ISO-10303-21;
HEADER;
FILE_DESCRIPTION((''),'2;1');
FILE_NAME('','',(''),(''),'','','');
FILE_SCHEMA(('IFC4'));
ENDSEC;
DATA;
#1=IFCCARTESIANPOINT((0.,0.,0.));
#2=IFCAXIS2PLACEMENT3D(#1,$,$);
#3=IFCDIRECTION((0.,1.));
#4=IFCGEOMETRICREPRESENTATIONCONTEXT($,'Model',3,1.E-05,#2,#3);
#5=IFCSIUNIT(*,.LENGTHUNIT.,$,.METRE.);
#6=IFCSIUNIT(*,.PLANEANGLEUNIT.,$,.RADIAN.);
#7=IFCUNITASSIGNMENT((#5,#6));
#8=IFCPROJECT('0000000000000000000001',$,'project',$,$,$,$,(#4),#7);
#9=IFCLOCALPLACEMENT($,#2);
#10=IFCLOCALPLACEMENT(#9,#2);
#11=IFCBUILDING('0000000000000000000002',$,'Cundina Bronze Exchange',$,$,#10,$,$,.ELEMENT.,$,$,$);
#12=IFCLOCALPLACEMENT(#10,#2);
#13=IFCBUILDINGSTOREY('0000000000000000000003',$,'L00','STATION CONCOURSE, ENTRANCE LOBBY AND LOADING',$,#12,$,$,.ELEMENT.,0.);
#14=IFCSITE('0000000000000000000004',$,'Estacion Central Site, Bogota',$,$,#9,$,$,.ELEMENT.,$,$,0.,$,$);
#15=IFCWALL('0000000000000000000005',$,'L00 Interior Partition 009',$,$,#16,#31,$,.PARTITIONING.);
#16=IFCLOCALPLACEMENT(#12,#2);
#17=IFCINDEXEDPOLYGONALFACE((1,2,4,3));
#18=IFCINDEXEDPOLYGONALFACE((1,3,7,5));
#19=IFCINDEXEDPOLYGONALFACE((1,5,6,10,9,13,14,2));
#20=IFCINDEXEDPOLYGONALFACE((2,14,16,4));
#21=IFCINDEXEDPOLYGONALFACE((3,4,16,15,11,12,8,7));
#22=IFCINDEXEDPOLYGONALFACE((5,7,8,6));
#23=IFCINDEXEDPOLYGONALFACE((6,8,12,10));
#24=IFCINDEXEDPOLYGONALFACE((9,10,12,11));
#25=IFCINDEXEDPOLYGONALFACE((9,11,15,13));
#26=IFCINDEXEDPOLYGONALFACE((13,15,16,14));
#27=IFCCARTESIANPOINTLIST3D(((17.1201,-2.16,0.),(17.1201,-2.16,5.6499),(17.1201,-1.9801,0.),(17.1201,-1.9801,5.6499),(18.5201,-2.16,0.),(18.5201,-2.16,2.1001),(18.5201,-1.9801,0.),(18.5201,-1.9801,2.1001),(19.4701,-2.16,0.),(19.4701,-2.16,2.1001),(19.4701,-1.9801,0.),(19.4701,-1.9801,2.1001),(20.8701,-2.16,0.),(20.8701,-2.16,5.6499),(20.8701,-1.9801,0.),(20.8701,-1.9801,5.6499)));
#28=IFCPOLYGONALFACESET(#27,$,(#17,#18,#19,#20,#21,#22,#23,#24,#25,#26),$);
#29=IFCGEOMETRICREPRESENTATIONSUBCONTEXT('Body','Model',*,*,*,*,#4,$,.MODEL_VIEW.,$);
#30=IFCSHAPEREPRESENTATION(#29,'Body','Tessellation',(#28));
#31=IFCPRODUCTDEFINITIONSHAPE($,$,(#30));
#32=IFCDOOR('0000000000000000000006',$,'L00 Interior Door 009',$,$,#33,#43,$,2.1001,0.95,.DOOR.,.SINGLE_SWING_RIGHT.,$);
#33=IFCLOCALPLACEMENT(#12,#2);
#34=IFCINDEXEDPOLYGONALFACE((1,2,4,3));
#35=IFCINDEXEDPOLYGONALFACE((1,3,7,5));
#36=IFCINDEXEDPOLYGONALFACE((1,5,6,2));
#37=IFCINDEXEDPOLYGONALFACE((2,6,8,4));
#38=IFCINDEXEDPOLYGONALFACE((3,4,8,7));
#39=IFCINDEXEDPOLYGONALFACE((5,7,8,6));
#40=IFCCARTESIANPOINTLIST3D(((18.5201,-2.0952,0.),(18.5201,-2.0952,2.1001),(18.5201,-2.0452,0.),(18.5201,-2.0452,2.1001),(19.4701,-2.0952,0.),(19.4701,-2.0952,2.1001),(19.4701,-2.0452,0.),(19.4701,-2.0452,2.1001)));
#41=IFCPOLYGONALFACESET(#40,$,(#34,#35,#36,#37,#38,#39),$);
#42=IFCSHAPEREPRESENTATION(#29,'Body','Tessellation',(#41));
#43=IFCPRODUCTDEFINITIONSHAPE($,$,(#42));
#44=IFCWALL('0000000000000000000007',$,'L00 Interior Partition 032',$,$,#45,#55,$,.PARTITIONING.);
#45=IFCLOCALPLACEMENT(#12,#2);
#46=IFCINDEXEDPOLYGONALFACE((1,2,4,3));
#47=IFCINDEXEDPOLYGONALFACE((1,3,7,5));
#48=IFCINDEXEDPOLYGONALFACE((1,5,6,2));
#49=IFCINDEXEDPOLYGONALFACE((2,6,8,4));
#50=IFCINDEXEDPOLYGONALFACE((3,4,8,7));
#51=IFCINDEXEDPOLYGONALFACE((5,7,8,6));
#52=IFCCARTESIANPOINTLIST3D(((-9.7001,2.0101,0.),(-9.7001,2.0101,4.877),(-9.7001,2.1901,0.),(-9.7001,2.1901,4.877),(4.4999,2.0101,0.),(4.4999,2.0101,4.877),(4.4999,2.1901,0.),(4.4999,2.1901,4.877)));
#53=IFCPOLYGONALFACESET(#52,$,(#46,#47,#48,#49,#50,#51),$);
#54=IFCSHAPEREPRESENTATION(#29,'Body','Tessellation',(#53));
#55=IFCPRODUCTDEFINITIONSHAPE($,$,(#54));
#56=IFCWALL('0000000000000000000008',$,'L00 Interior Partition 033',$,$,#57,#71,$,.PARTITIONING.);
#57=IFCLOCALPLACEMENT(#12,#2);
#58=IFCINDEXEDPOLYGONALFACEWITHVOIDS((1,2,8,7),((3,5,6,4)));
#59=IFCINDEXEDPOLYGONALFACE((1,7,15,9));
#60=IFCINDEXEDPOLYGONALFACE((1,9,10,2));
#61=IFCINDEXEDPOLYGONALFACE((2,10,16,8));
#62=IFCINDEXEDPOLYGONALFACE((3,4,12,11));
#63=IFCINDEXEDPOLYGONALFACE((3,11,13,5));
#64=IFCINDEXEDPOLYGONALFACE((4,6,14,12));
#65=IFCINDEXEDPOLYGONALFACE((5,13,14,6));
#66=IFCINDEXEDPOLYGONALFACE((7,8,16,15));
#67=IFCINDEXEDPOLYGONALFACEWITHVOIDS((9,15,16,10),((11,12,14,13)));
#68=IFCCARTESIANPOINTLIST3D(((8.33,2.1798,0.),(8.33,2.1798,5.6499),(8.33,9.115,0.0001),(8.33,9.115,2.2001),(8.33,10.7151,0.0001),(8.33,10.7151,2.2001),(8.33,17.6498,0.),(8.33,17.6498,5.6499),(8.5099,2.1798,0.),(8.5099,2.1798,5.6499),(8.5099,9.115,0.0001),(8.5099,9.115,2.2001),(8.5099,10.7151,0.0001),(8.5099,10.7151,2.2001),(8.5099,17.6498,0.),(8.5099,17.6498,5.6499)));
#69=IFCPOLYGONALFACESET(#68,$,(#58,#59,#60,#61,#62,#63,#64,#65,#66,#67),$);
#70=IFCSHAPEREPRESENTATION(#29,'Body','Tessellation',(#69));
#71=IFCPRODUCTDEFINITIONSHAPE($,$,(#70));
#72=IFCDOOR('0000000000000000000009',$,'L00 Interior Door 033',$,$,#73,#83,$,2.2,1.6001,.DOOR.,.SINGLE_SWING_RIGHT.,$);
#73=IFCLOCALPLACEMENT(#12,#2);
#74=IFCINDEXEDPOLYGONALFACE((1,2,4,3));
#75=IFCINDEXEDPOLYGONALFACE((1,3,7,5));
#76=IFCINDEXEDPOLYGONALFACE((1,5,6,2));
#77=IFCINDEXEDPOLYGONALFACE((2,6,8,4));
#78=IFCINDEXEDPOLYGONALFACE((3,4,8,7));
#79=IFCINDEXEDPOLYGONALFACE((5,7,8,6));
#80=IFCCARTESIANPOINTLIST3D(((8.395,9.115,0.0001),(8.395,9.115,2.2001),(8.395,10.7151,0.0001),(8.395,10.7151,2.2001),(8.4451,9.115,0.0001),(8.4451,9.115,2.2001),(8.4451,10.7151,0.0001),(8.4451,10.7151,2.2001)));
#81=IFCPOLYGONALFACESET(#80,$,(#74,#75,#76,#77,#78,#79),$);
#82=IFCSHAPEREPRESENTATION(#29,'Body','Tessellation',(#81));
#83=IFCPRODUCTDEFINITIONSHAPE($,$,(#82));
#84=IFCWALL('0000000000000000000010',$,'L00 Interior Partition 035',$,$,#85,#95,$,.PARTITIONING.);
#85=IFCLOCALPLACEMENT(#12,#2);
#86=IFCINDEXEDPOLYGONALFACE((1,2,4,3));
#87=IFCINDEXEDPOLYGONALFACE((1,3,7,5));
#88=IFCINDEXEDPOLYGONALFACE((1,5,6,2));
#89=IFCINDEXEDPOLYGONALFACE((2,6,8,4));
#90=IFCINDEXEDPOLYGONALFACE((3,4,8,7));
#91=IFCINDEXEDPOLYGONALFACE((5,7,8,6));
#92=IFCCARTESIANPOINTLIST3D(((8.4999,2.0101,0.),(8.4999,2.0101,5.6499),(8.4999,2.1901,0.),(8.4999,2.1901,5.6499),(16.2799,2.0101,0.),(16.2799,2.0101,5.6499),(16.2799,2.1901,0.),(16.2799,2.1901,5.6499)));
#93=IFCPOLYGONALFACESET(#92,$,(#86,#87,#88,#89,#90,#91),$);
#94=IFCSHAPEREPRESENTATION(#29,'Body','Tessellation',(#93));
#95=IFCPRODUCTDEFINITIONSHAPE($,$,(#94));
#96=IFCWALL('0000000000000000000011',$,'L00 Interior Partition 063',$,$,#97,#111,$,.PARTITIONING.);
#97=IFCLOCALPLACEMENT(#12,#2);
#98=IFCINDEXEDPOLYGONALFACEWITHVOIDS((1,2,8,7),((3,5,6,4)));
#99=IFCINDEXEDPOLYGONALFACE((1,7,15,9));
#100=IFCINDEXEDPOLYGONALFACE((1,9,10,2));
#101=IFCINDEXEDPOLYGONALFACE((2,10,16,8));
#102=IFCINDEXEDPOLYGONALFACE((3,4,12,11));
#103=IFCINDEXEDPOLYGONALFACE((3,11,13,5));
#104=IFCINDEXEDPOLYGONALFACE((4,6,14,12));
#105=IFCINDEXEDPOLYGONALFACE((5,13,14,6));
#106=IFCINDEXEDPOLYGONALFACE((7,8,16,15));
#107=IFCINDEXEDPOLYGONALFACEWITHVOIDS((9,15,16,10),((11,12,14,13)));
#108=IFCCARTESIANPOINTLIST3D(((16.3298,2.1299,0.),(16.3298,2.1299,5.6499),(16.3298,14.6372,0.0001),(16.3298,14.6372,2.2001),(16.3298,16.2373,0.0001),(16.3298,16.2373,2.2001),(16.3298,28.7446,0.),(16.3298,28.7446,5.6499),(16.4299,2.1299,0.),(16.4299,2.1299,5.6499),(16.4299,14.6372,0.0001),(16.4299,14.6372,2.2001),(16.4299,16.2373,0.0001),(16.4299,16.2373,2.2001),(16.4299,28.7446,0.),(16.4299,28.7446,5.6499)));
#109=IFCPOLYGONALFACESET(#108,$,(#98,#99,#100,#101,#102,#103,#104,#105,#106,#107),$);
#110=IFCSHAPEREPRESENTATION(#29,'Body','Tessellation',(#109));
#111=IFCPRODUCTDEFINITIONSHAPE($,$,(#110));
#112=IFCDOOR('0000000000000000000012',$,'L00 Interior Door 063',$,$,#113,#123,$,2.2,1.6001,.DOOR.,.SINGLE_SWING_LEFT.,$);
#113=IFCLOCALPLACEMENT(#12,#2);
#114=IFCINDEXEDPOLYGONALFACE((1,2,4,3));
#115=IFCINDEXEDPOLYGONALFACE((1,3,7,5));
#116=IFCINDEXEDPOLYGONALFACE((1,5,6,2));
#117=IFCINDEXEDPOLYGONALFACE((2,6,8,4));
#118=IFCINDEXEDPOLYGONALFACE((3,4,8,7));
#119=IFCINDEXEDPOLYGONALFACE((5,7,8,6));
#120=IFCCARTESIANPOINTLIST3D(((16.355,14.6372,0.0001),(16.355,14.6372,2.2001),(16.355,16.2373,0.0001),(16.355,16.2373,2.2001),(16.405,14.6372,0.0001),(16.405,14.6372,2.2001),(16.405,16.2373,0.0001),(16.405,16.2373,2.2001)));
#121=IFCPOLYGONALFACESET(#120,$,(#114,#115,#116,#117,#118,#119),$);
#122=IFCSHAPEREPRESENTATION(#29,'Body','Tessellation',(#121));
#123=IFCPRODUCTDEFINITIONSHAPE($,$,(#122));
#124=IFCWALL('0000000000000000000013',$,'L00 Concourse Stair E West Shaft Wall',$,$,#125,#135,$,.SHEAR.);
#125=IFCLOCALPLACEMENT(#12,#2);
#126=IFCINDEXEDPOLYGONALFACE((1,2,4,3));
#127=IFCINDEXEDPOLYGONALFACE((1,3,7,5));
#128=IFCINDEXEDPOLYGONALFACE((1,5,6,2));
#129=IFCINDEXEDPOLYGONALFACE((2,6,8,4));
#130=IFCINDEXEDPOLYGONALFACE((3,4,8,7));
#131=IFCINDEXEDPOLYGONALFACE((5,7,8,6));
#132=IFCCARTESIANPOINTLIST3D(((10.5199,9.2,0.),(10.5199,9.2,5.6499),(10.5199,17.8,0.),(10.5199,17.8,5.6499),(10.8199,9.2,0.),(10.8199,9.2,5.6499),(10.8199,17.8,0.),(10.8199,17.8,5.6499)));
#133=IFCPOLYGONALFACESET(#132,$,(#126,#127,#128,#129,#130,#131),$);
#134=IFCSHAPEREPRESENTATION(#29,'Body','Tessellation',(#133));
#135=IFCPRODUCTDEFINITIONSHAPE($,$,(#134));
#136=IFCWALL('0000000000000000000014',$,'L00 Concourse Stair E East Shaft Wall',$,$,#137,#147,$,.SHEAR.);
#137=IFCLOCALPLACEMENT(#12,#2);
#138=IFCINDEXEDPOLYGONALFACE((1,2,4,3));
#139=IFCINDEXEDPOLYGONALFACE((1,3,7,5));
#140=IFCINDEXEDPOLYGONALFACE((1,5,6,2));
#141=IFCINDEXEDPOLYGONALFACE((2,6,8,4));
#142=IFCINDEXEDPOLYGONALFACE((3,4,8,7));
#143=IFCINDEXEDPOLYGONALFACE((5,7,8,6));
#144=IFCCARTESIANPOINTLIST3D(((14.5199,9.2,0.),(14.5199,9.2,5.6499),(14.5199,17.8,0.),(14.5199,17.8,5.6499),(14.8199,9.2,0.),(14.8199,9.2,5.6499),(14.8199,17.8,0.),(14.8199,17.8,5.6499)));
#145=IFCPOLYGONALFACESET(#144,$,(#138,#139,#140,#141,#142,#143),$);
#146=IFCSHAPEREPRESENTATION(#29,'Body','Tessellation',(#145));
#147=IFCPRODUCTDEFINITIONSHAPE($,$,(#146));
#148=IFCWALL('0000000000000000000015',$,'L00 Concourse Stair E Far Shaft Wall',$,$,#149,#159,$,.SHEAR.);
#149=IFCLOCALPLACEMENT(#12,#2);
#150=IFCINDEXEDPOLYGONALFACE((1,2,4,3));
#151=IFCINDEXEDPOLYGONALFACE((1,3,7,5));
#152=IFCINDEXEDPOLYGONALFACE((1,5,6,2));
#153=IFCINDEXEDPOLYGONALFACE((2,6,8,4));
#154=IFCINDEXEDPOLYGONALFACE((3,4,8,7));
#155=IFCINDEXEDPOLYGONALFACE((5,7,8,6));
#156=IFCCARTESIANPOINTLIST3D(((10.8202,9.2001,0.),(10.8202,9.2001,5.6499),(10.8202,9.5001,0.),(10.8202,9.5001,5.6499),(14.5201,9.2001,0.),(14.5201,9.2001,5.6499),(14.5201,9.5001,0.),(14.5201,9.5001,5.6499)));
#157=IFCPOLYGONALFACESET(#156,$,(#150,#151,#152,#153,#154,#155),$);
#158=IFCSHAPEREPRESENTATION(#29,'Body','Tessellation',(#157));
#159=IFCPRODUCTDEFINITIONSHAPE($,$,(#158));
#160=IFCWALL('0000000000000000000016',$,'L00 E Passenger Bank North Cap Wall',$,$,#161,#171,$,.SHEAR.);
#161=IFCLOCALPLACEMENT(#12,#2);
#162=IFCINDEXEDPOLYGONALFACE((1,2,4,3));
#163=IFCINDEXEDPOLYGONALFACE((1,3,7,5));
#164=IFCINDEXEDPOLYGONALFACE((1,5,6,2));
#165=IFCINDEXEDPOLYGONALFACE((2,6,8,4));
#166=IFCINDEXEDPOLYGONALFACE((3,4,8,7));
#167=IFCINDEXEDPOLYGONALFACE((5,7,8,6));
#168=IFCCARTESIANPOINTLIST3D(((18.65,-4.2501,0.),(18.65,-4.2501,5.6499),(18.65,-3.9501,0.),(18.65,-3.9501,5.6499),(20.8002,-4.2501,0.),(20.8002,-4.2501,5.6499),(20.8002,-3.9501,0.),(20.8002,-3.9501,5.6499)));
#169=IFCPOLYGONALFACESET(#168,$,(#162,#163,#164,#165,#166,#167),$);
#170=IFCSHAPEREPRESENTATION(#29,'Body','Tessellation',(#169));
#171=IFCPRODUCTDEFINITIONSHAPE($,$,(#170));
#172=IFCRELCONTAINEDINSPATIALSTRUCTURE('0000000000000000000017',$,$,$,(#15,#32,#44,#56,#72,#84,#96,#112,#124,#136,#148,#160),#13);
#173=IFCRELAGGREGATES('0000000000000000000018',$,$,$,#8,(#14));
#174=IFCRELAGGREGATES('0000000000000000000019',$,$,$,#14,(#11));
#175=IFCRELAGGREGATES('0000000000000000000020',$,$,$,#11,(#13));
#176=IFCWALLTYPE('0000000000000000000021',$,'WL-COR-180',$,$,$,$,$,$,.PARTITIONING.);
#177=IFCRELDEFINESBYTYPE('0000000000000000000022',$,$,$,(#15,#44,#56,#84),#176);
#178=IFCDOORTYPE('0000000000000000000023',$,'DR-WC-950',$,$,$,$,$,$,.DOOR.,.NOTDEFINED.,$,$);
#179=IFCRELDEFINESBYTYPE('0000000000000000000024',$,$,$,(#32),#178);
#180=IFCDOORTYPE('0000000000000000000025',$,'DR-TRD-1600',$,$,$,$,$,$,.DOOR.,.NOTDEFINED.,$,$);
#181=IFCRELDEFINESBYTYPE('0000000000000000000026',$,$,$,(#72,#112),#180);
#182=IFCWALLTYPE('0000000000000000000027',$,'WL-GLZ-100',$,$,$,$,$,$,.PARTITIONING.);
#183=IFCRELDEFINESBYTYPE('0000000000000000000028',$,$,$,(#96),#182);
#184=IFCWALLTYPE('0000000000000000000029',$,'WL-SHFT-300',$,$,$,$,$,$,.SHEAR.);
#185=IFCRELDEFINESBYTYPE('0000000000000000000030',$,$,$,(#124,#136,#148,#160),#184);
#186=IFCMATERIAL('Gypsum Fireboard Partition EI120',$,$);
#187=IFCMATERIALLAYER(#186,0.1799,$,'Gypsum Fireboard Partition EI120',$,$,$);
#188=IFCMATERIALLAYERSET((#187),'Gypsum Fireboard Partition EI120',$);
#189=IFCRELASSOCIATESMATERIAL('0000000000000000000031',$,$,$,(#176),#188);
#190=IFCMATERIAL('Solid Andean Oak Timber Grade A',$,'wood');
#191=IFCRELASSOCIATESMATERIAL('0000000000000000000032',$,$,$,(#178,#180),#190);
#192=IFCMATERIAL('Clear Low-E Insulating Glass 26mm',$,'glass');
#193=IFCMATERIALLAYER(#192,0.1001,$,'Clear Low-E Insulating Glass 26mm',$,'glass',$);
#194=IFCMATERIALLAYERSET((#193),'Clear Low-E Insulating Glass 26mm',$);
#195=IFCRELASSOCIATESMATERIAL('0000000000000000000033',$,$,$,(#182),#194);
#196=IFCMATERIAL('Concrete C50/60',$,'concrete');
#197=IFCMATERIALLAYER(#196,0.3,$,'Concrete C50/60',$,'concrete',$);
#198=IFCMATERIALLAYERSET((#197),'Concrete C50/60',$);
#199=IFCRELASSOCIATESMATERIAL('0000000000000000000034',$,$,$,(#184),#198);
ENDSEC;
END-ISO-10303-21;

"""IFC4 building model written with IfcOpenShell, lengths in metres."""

from ifc_helpers import new_model, si_unit, direction, frame, frame_2d, origin, place, context, subcontext, project, spatial, rectangle, extrude, material, layer, layer_set, type_object, element, fill, save


model = new_model("IFC4")

# Units and contexts
model_context = context("Model", 3, precision=1e-05, world=origin(), true_north=direction((0.0, 1.0)))
body_context = subcontext(model_context, "Body", "Model", "MODEL_VIEW")
ifc_project = project(units=[si_unit("LENGTHUNIT", "METRE"), si_unit("PLANEANGLEUNIT", "RADIAN")], contexts=[model_context])

# Site, building, storey
site_placement = place(None, origin())
site = spatial("IfcSite", under=ifc_project, at=site_placement, Name="Estacion Central Site, Bogota", CompositionType="ELEMENT", RefElevation=0.0)
building_placement = place(site_placement, origin())
building = spatial("IfcBuilding", under=site, at=building_placement, Name="Cundina Bronze Exchange", CompositionType="ELEMENT")
storey_placement = place(building_placement, origin())
storey = spatial("IfcBuildingStorey", under=building, at=storey_placement, Name="L00", Description="STATION CONCOURSE, ENTRANCE LOBBY AND LOADING", CompositionType="ELEMENT", Elevation=0.0)

# Shared definitions
ifc_material_1 = material(Name="Gypsum Fireboard Partition EI120")
ifc_layer_1 = layer(ifc_material_1, 0.1799, Name="Gypsum Fireboard Partition EI120")
ifc_layer_set_1 = layer_set([ifc_layer_1], Name="Gypsum Fireboard Partition EI120")
wall_type_1 = type_object("IfcWallType", Name="WL-COR-180", PredefinedType="PARTITIONING", material=ifc_layer_set_1)

# Wall, opening, door
wall_1_placement = place(storey_placement, frame((17.1201, -2.0701, 0.0), z_axis=(0.0, 0.0, 1.0), x_axis=(1.0, 0.0, 0.0)))
wall_1 = element("IfcWall", 1, at=wall_1_placement, inside=storey, type_object=wall_type_1, Name="L00 Interior Partition 009", PredefinedType="PARTITIONING", context=body_context, shape_type="SweptSolid", body=[
    extrude(rectangle(XDim=3.75, YDim=0.1799, at=frame_2d((1.875, 0.0))), origin(), (0.0, 0.0, 1.0), 5.6499),
])
opening_1_placement = place(wall_1_placement, frame((1.3999, 0.0, 0.0)))
opening_1 = element("IfcOpeningElement", 2, at=opening_1_placement, cuts=wall_1, PredefinedType="OPENING", context=body_context, shape_type="SweptSolid", body=[
    extrude(rectangle(XDim=0.95, YDim=2.1001, at=frame_2d((0.4751, 1.05))), frame((0.0, 0.0999, 0.0), z_axis=(0.0, -1.0, 0.0), x_axis=(1.0, 0.0, 0.0)), (0.0, 0.0, 1.0), 0.2),
])
ifc_material_2 = material(Name="Solid Andean Oak Timber Grade A", Category="wood")
door_type_1 = type_object("IfcDoorType", Name="DR-WC-950", OperationType="NOTDEFINED", PredefinedType="DOOR", material=ifc_material_2)
door_1_placement = place(opening_1_placement, origin())
door_1 = element("IfcDoor", 3, at=door_1_placement, inside=storey, type_object=door_type_1, Name="L00 Interior Door 009", OperationType="SINGLE_SWING_RIGHT", OverallHeight=2.1001, OverallWidth=0.95, PredefinedType="DOOR", context=body_context, shape_type="SweptSolid", body=[
    extrude(rectangle(XDim=0.95, YDim=2.1001, at=frame_2d((0.4751, 1.05))), frame((0.0, 0.0249, 0.0), z_axis=(0.0, -1.0, 0.0), x_axis=(1.0, 0.0, 0.0)), (0.0, 0.0, 1.0), 0.05),
])
fill(opening_1, door_1)

# Wall
wall_2_placement = place(storey_placement, frame((4.5, 2.1001, 0.0), z_axis=(0.0, 0.0, 1.0), x_axis=(-1.0, 0.0, 0.0)))
element("IfcWall", 4, at=wall_2_placement, inside=storey, type_object=wall_type_1, Name="L00 Interior Partition 032", PredefinedType="PARTITIONING", context=body_context, shape_type="SweptSolid", body=[
    extrude(rectangle(XDim=14.2, YDim=0.1799, at=frame_2d((7.1001, 0.0))), origin(), (0.0, 0.0, 1.0), 4.877),
])

# Wall, opening, door
wall_3_placement = place(storey_placement, frame((8.4199, 2.1799, 0.0), z_axis=(0.0, 0.0, 1.0), x_axis=(0.0, 1.0, 0.0)))
wall_3 = element("IfcWall", 5, at=wall_3_placement, inside=storey, type_object=wall_type_1, Name="L00 Interior Partition 033", PredefinedType="PARTITIONING", context=body_context, shape_type="SweptSolid", body=[
    extrude(rectangle(XDim=15.47, YDim=0.1799, at=frame_2d((7.7349, 0.0))), origin(), (0.0, 0.0, 1.0), 5.6499),
])
opening_2_placement = place(wall_3_placement, frame((6.9351, 0.0, 0.0)))
opening_2 = element("IfcOpeningElement", 6, at=opening_2_placement, cuts=wall_3, PredefinedType="OPENING", context=body_context, shape_type="SweptSolid", body=[
    extrude(rectangle(XDim=1.6001, YDim=2.2, at=frame_2d((0.8, 1.1001))), frame((0.0, 0.0999, 0.0), z_axis=(0.0, -1.0, 0.0), x_axis=(1.0, 0.0, 0.0)), (0.0, 0.0, 1.0), 0.2),
])
door_type_2 = type_object("IfcDoorType", Name="DR-TRD-1600", OperationType="NOTDEFINED", PredefinedType="DOOR", material=ifc_material_2)
door_2_placement = place(opening_2_placement, origin())
door_2 = element("IfcDoor", 7, at=door_2_placement, inside=storey, type_object=door_type_2, Name="L00 Interior Door 033", OperationType="SINGLE_SWING_RIGHT", OverallHeight=2.2, OverallWidth=1.6001, PredefinedType="DOOR", context=body_context, shape_type="SweptSolid", body=[
    extrude(rectangle(XDim=1.6001, YDim=2.2, at=frame_2d((0.8, 1.1001))), frame((0.0, 0.0249, 0.0), z_axis=(0.0, -1.0, 0.0), x_axis=(1.0, 0.0, 0.0)), (0.0, 0.0, 1.0), 0.05),
])
fill(opening_2, door_2)

# Wall
wall_4_placement = place(storey_placement, frame((16.28, 2.1001, 0.0), z_axis=(0.0, 0.0, 1.0), x_axis=(-1.0, 0.0, 0.0)))
element("IfcWall", 8, at=wall_4_placement, inside=storey, type_object=wall_type_1, Name="L00 Interior Partition 035", PredefinedType="PARTITIONING", context=body_context, shape_type="SweptSolid", body=[
    extrude(rectangle(XDim=7.78, YDim=0.1799, at=frame_2d((3.8901, 0.0))), origin(), (0.0, 0.0, 1.0), 5.6499),
])

# Wall, opening, door
ifc_material_3 = material(Name="Clear Low-E Insulating Glass 26mm", Category="glass")
ifc_layer_2 = layer(ifc_material_3, 0.1001, Name="Clear Low-E Insulating Glass 26mm", Category="glass")
ifc_layer_set_2 = layer_set([ifc_layer_2], Name="Clear Low-E Insulating Glass 26mm")
wall_type_2 = type_object("IfcWallType", Name="WL-GLZ-100", PredefinedType="PARTITIONING", material=ifc_layer_set_2)
wall_5_placement = place(storey_placement, frame((16.3799, 2.1299, 0.0), z_axis=(0.0, 0.0, 1.0), x_axis=(0.0, 1.0, 0.0)))
wall_5 = element("IfcWall", 9, at=wall_5_placement, inside=storey, type_object=wall_type_2, Name="L00 Interior Partition 063", PredefinedType="PARTITIONING", context=body_context, shape_type="SweptSolid", body=[
    extrude(rectangle(XDim=26.6147, YDim=0.1001, at=frame_2d((13.3074, 0.0))), origin(), (0.0, 0.0, 1.0), 5.6499),
])
opening_3_placement = place(wall_5_placement, frame((12.5073, 0.0, 0.0)))
opening_3 = element("IfcOpeningElement", 10, at=opening_3_placement, cuts=wall_5, PredefinedType="OPENING", context=body_context, shape_type="SweptSolid", body=[
    extrude(rectangle(XDim=1.6001, YDim=2.2, at=frame_2d((0.8, 1.1001))), frame((0.0, 0.0601, 0.0), z_axis=(0.0, -1.0, 0.0), x_axis=(1.0, 0.0, 0.0)), (0.0, 0.0, 1.0), 0.1201),
])
door_3_placement = place(opening_3_placement, origin())
door_3 = element("IfcDoor", 11, at=door_3_placement, inside=storey, type_object=door_type_2, Name="L00 Interior Door 063", OperationType="SINGLE_SWING_LEFT", OverallHeight=2.2, OverallWidth=1.6001, PredefinedType="DOOR", context=body_context, shape_type="SweptSolid", body=[
    extrude(rectangle(XDim=1.6001, YDim=2.2, at=frame_2d((0.8, 1.1001))), frame((0.0, 0.0249, 0.0), z_axis=(0.0, -1.0, 0.0), x_axis=(1.0, 0.0, 0.0)), (0.0, 0.0, 1.0), 0.05),
])
fill(opening_3, door_3)

# Walls
ifc_material_4 = material(Name="Concrete C50/60", Category="concrete")
ifc_layer_3 = layer(ifc_material_4, 0.3, Name="Concrete C50/60", Category="concrete")
ifc_layer_set_3 = layer_set([ifc_layer_3], Name="Concrete C50/60")
wall_type_3 = type_object("IfcWallType", Name="WL-SHFT-300", PredefinedType="SHEAR", material=ifc_layer_set_3)
for number, where, z_axis, x_axis, name in (
    (12, (10.6699, 9.2, 0.0), (0.0, 0.0, 1.0), (0.0, 1.0, 0.0), "L00 Concourse Stair E West Shaft Wall"),
    (13, (14.6699, 9.2, 0.0), (0.0, 0.0, 1.0), (0.0, 1.0, 0.0), "L00 Concourse Stair E East Shaft Wall"),
):
    element("IfcWall", number, at=place(storey_placement, frame(where, z_axis=z_axis, x_axis=x_axis)), inside=storey, type_object=wall_type_3, Name=name, PredefinedType="SHEAR", context=body_context, shape_type="SweptSolid", body=[
        extrude(rectangle(XDim=8.6001, YDim=0.3, at=frame_2d((4.3, 0.0))), origin(), (0.0, 0.0, 1.0), 5.6499),
    ])
wall_6_placement = place(storey_placement, frame((10.8201, 9.3501, 0.0), z_axis=(0.0, 0.0, 1.0), x_axis=(1.0, 0.0, 0.0)))
element("IfcWall", 14, at=wall_6_placement, inside=storey, type_object=wall_type_3, Name="L00 Concourse Stair E Far Shaft Wall", PredefinedType="SHEAR", context=body_context, shape_type="SweptSolid", body=[
    extrude(rectangle(XDim=3.7, YDim=0.3, at=frame_2d((1.8501, 0.0))), origin(), (0.0, 0.0, 1.0), 5.6499),
])
wall_7_placement = place(storey_placement, frame((18.6499, -4.1001, 0.0), z_axis=(0.0, 0.0, 1.0), x_axis=(1.0, 0.0, 0.0)))
element("IfcWall", 15, at=wall_7_placement, inside=storey, type_object=wall_type_3, Name="L00 E Passenger Bank North Cap Wall", PredefinedType="SHEAR", context=body_context, shape_type="SweptSolid", body=[
    extrude(rectangle(XDim=2.1501, YDim=0.3, at=frame_2d((1.0752, 0.0))), origin(), (0.0, 0.0, 1.0), 5.6499),
])

save(model, "model.ifc")
